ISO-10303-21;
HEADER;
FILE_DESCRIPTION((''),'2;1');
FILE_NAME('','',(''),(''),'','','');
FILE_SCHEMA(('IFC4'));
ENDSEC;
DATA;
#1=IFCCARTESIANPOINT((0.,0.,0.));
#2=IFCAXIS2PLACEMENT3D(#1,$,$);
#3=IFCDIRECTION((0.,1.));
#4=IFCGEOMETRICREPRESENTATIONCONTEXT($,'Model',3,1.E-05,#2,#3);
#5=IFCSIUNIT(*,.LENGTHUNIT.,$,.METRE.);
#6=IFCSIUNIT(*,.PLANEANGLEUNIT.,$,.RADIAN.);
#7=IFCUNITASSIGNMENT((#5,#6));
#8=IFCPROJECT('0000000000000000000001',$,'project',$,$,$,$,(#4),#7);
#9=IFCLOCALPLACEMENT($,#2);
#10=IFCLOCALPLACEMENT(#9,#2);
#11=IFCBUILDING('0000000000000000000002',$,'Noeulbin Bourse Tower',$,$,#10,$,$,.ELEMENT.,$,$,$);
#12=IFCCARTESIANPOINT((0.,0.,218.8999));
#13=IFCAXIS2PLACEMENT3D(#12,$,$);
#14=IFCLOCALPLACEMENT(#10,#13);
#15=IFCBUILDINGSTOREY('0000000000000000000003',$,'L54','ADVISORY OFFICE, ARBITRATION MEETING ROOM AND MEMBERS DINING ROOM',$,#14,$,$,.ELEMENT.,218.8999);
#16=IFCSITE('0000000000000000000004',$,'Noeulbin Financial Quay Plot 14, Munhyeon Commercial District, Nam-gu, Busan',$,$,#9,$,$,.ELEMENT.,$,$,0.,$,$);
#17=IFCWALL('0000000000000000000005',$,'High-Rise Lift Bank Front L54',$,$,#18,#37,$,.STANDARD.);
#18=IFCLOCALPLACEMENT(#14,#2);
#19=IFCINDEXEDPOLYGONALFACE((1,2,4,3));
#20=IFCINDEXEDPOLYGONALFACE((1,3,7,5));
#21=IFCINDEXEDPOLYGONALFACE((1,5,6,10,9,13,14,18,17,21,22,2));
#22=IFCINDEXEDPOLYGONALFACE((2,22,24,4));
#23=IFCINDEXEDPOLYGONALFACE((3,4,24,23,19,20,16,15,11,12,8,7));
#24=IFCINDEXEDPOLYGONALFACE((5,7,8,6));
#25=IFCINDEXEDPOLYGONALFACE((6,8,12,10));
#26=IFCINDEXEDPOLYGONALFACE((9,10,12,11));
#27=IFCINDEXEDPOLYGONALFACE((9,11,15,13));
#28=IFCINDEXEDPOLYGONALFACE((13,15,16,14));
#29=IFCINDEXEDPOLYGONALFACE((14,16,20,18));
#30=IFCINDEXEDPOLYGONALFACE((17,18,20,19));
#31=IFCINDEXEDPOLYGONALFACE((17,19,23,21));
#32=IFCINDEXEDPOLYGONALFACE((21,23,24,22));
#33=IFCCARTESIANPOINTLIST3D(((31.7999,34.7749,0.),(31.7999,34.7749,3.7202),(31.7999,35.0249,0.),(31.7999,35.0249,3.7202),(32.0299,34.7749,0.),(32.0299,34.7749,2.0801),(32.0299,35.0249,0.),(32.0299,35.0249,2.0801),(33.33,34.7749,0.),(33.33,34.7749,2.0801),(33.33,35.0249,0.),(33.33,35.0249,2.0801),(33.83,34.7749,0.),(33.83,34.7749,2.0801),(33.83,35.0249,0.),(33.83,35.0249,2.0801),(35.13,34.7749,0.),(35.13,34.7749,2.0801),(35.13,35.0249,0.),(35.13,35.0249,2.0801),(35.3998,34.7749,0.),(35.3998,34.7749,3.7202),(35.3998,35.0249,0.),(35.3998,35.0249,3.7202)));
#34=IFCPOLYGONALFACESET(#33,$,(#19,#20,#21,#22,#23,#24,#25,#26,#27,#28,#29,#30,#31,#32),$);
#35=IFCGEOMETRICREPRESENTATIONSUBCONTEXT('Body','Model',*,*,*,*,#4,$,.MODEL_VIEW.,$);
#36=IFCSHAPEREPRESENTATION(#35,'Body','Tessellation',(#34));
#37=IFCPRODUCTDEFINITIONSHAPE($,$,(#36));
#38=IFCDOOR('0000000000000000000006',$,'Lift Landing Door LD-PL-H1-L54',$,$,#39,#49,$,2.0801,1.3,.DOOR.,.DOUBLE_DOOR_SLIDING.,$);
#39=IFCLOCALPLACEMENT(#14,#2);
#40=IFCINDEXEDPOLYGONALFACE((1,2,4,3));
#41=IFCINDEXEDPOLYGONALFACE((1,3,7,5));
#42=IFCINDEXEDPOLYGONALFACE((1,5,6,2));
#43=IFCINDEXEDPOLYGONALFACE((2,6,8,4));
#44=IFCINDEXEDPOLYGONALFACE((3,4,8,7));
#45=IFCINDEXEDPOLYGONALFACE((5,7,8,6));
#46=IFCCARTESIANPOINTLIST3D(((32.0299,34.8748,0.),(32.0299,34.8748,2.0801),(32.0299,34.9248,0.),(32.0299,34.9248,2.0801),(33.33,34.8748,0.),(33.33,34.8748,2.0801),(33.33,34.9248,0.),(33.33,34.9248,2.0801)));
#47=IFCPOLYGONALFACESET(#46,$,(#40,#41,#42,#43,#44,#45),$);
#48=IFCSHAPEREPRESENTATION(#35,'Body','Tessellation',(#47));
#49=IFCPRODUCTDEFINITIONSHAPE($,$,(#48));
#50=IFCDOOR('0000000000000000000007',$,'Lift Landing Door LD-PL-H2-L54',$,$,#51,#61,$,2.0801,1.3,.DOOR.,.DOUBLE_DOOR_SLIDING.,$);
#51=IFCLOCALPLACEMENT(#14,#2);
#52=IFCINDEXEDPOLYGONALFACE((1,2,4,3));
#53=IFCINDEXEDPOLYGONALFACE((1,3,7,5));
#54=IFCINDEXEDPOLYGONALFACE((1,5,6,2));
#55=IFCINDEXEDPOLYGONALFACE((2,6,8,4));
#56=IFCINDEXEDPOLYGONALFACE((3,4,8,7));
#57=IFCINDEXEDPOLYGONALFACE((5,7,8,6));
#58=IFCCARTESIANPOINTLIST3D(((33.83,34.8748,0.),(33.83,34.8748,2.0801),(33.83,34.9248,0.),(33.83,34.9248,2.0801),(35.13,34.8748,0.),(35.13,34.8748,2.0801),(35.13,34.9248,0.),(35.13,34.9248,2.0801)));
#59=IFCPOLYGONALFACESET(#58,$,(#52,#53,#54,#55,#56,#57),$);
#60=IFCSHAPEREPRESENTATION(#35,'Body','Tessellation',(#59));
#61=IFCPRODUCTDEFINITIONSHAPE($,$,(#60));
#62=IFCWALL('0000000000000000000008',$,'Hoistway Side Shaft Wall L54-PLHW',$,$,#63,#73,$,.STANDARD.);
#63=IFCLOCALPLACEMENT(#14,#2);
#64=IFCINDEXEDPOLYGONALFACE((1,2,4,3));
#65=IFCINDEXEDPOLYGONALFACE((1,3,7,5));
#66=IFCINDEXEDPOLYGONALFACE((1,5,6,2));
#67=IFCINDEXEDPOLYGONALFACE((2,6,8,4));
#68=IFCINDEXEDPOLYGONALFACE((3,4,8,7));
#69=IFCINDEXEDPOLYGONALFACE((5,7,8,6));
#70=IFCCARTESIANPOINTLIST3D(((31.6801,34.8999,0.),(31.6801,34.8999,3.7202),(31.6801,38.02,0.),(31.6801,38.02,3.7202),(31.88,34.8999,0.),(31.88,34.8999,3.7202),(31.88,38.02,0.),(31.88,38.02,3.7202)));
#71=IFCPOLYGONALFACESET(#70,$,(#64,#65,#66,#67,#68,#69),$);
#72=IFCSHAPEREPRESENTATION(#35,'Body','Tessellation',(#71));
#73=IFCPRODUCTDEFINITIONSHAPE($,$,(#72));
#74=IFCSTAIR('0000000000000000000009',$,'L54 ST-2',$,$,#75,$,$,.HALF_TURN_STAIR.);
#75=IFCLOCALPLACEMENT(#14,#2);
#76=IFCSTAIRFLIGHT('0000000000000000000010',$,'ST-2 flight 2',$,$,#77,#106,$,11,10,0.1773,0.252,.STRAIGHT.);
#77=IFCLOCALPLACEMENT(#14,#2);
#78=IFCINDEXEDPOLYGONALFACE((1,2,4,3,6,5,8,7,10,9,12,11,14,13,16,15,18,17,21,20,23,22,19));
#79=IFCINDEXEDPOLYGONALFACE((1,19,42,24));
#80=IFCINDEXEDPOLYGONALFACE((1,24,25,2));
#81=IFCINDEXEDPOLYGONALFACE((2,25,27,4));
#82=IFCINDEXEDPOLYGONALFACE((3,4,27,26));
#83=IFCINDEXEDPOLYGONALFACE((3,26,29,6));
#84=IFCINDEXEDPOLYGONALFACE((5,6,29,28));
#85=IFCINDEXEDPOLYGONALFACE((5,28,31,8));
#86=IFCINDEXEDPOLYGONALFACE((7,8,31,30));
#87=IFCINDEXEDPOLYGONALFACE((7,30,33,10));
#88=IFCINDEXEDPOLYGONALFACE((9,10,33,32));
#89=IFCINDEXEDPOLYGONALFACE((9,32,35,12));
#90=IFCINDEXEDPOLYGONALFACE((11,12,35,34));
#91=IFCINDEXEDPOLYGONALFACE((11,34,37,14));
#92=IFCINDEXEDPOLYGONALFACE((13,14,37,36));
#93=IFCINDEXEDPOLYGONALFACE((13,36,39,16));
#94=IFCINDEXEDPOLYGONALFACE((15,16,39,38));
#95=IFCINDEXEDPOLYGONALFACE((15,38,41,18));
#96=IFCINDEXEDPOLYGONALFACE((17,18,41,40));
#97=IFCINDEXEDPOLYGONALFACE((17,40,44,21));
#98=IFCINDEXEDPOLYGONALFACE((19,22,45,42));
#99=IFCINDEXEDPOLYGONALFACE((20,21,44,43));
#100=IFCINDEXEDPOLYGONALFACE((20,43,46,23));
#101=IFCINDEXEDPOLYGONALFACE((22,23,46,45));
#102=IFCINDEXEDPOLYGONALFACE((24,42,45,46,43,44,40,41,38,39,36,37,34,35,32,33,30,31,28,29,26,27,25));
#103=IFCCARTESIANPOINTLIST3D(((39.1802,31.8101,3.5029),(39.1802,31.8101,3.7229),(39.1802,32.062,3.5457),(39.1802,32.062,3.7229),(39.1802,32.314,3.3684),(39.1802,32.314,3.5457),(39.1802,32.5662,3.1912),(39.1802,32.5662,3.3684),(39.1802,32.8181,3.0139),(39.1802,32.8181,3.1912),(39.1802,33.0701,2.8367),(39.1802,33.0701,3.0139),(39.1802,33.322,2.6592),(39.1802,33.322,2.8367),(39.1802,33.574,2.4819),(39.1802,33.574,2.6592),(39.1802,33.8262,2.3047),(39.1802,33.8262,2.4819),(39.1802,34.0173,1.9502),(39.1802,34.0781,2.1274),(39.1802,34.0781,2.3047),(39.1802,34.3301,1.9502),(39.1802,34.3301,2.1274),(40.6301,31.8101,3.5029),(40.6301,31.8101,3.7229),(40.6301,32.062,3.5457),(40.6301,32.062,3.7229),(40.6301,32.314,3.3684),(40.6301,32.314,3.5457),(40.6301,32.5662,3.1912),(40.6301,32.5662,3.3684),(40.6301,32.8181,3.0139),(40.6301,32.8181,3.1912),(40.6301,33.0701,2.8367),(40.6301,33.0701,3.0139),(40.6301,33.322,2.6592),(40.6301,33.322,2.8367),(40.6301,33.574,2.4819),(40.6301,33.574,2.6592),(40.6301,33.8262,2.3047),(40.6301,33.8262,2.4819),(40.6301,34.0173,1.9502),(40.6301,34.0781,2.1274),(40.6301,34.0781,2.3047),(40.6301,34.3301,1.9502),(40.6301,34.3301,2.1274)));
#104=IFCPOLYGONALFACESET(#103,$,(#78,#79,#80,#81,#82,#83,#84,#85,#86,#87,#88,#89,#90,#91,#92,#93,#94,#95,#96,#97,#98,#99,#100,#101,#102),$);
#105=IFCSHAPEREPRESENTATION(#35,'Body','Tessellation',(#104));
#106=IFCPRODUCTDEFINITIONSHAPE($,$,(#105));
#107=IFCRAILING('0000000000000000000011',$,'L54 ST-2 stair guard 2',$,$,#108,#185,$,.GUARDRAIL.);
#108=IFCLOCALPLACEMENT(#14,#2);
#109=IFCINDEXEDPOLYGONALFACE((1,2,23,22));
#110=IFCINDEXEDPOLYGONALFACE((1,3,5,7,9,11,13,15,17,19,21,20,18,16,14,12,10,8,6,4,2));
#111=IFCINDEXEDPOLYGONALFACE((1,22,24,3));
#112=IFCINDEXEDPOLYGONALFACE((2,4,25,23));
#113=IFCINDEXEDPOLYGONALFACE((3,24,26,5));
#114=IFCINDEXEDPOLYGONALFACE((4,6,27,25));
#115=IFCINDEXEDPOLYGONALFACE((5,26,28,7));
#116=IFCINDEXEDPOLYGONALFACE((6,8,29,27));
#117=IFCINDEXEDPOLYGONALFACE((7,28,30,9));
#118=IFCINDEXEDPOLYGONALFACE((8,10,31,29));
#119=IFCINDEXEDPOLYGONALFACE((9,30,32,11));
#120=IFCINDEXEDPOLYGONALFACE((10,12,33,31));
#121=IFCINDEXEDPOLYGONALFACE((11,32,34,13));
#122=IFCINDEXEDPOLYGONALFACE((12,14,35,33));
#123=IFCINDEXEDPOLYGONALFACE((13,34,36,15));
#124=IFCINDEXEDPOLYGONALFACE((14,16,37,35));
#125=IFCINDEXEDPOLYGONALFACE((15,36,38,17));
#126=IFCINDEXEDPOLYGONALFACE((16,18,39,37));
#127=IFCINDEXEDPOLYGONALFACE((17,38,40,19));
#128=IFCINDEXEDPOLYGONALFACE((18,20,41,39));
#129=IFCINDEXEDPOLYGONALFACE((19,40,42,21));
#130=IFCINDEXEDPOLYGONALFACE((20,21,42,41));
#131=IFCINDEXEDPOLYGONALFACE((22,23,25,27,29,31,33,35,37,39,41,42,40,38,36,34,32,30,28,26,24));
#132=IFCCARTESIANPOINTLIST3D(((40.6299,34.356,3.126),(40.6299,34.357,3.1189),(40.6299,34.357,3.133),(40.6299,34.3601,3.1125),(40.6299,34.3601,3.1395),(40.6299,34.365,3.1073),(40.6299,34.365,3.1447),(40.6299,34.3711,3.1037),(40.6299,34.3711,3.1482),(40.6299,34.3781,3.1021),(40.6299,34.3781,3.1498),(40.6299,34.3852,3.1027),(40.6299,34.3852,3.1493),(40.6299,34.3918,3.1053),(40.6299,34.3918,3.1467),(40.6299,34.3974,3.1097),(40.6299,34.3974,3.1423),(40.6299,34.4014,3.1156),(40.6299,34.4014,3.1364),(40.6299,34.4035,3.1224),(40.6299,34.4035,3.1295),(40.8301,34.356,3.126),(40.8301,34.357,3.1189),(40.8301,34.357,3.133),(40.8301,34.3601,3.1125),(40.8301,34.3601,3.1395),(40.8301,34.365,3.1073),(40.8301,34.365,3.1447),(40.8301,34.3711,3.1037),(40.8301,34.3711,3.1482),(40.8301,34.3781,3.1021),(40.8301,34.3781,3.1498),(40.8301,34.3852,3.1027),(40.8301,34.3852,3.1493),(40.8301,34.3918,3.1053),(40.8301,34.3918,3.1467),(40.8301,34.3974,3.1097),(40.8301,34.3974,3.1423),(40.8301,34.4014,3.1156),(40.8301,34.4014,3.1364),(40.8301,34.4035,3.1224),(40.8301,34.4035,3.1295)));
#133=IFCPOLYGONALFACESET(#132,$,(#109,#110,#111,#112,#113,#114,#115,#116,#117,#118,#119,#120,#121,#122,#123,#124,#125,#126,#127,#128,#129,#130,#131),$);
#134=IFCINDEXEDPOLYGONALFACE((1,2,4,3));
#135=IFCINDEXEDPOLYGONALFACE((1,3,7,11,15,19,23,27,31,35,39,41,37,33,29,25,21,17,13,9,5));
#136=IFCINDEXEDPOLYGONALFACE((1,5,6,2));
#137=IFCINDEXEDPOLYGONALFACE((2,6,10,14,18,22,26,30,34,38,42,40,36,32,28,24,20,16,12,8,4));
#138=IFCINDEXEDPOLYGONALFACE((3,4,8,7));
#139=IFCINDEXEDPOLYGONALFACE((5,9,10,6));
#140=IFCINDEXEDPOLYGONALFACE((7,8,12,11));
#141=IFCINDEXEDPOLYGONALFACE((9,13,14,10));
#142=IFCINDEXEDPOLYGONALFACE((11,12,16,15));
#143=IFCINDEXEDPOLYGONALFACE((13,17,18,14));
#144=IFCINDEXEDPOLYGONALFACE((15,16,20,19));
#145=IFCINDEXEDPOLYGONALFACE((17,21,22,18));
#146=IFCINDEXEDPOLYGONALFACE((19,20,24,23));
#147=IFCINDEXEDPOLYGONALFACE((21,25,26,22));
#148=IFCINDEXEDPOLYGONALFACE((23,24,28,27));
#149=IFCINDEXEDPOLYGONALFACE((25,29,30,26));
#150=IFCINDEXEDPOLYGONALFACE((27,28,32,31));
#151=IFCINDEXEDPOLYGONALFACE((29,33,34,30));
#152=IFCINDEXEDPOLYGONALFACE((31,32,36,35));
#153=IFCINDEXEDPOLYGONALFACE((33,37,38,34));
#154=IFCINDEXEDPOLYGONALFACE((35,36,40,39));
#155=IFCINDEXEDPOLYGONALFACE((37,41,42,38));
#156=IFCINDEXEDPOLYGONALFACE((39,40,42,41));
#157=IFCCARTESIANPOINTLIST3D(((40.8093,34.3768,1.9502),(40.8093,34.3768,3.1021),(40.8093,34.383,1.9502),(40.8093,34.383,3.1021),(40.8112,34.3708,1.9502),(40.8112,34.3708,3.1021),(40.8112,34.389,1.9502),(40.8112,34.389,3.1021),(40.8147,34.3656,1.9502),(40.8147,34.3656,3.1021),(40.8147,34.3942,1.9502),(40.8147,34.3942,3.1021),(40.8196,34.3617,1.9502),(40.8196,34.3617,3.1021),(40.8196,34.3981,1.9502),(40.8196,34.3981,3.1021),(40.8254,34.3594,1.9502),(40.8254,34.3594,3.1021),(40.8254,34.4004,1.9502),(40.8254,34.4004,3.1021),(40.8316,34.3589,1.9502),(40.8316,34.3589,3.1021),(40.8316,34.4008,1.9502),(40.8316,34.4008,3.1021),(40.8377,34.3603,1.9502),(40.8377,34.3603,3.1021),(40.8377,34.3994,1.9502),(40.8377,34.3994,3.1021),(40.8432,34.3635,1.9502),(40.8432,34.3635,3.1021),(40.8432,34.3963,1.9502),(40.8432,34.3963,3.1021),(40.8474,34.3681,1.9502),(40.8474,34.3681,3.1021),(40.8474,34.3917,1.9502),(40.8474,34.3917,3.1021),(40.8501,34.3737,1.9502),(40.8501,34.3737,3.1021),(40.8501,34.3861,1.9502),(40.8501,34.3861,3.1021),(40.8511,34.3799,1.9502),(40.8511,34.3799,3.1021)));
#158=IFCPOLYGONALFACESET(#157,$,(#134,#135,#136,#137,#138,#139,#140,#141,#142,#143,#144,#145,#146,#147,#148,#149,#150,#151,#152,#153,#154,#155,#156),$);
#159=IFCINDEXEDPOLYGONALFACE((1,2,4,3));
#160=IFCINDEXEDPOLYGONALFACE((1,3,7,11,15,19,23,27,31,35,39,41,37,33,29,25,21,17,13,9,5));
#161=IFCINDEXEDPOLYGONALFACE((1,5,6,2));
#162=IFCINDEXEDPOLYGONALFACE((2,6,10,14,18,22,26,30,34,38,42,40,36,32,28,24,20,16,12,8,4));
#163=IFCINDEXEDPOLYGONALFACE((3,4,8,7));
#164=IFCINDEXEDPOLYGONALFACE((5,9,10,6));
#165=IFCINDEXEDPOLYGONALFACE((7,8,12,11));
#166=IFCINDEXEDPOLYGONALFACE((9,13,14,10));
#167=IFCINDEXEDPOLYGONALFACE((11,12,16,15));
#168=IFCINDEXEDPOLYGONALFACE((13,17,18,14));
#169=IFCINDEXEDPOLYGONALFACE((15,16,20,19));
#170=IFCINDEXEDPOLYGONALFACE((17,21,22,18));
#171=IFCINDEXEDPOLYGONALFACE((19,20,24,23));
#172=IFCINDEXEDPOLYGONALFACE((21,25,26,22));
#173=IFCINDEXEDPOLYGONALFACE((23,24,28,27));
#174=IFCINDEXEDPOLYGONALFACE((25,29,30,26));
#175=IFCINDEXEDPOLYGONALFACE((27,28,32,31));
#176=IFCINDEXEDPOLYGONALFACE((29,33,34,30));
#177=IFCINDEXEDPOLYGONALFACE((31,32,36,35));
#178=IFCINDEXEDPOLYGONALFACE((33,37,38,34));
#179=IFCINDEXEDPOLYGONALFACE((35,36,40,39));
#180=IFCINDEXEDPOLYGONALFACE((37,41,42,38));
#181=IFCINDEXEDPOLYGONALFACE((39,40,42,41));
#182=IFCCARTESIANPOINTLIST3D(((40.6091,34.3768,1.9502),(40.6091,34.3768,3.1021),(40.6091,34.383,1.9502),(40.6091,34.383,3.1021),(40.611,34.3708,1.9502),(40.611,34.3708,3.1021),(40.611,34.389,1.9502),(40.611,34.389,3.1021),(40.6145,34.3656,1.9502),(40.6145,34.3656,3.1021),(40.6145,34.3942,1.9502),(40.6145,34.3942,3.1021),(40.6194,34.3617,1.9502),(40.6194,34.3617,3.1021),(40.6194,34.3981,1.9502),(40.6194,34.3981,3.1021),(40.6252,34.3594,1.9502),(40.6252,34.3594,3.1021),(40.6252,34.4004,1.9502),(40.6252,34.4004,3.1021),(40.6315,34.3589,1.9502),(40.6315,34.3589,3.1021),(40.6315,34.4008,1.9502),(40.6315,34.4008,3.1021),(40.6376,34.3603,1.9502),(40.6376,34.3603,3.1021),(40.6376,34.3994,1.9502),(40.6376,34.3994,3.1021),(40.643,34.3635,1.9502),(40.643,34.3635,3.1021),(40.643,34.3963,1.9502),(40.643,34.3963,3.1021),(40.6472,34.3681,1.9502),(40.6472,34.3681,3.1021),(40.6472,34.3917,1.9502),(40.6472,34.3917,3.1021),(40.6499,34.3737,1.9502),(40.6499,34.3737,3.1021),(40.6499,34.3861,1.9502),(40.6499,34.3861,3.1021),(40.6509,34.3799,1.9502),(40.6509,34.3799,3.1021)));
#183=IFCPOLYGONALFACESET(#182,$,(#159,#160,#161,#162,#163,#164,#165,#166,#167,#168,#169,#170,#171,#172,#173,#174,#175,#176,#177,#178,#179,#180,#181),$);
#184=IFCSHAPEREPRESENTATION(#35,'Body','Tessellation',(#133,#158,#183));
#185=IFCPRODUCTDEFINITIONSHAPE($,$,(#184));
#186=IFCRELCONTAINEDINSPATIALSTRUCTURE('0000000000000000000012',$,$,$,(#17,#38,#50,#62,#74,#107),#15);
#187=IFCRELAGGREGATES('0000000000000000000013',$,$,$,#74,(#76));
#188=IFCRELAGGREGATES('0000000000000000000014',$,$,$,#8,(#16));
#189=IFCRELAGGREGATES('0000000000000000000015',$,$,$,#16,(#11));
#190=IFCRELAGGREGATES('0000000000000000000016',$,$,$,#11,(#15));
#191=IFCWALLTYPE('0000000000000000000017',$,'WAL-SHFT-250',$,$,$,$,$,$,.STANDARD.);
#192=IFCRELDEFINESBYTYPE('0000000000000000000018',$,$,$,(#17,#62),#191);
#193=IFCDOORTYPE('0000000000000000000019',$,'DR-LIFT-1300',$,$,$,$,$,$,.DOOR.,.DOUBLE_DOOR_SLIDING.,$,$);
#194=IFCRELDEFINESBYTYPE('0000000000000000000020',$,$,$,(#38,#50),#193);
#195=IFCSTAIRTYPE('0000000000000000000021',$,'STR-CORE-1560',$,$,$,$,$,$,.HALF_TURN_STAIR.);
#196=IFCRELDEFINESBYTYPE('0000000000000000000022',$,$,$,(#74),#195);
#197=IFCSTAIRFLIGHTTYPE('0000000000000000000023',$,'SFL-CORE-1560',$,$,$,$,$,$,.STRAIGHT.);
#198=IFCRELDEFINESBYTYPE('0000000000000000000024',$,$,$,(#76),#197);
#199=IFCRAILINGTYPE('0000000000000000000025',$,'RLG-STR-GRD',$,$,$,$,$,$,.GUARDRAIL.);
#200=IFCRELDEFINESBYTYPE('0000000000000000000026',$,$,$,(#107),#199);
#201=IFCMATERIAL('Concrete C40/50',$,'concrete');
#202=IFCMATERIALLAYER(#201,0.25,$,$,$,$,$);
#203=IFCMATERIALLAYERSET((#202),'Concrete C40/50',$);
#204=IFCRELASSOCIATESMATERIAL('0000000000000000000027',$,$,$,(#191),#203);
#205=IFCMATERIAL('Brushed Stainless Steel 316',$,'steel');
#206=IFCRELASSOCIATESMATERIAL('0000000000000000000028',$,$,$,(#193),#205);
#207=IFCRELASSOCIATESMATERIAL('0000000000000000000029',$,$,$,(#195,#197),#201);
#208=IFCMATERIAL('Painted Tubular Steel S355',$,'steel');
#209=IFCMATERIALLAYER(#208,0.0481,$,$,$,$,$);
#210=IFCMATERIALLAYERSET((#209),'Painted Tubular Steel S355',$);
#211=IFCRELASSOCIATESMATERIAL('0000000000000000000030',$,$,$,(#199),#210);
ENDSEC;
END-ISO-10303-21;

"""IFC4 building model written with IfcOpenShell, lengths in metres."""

from ifc_helpers import new_model, si_unit, direction, frame, frame_2d, origin, origin_2d, place, context, subcontext, project, spatial, polyline, rectangle, circle, outline, extrude, material, layer, layer_set, type_object, element, fill, aggregate, save


model = new_model("IFC4")

# Units and contexts
model_context = context("Model", 3, precision=1e-05, world=origin(), true_north=direction((0.0, 1.0)))
body_context = subcontext(model_context, "Body", "Model", "MODEL_VIEW")
ifc_project = project(units=[si_unit("LENGTHUNIT", "METRE"), si_unit("PLANEANGLEUNIT", "RADIAN")], contexts=[model_context])

# Site, building, storey
site_placement = place(None, origin())
site = spatial("IfcSite", under=ifc_project, at=site_placement, Name="Noeulbin Financial Quay Plot 14, Munhyeon Commercial District, Nam-gu, Busan", CompositionType="ELEMENT", RefElevation=0.0)
building_placement = place(site_placement, origin())
building = spatial("IfcBuilding", under=site, at=building_placement, Name="Noeulbin Bourse Tower", CompositionType="ELEMENT")
storey_placement = place(building_placement, frame((0.0, 0.0, 218.8999)))
storey = spatial("IfcBuildingStorey", under=building, at=storey_placement, Name="L54", Description="ADVISORY OFFICE, ARBITRATION MEETING ROOM AND MEMBERS DINING ROOM", CompositionType="ELEMENT", Elevation=218.8999)

# Shared definitions
ifc_material_1 = material(Name="Concrete C40/50", Category="concrete")
ifc_layer_1 = layer(ifc_material_1, 0.25)
ifc_layer_set_1 = layer_set([ifc_layer_1], Name="Concrete C40/50")
wall_type = type_object("IfcWallType", Name="WAL-SHFT-250", PredefinedType="STANDARD", material=ifc_layer_set_1)

# Wall, openings, doors
wall_1_placement = place(storey_placement, frame((31.8, 34.8999, 0.0), z_axis=(0.0, 0.0, 1.0), x_axis=(1.0, 0.0, 0.0)))
wall_1 = element("IfcWall", 1, at=wall_1_placement, inside=storey, type_object=wall_type, Name="High-Rise Lift Bank Front L54", PredefinedType="STANDARD", context=body_context, shape_type="SweptSolid", body=[
    extrude(rectangle(XDim=3.5999, YDim=0.25, at=frame_2d((1.7998, 0.0))), origin(), (0.0, 0.0, 1.0), 3.7202),
])
opening_1_placement = place(wall_1_placement, frame((0.23, 0.0, 0.0)))
opening_1 = element("IfcOpeningElement", 2, at=opening_1_placement, cuts=wall_1, PredefinedType="OPENING", context=body_context, shape_type="SweptSolid", body=[
    extrude(rectangle(XDim=1.3, YDim=2.0801, at=frame_2d((0.6499, 1.04))), frame((0.0, 0.135, 0.0), z_axis=(0.0, -1.0, 0.0), x_axis=(1.0, 0.0, 0.0)), (0.0, 0.0, 1.0), 0.27),
])
opening_2_placement = place(wall_1_placement, frame((2.03, 0.0, 0.0)))
opening_2 = element("IfcOpeningElement", 3, at=opening_2_placement, cuts=wall_1, PredefinedType="OPENING", context=body_context, shape_type="SweptSolid", body=[
    extrude(rectangle(XDim=1.3, YDim=2.0801, at=frame_2d((0.6499, 1.04))), frame((0.0, 0.135, 0.0), z_axis=(0.0, -1.0, 0.0), x_axis=(1.0, 0.0, 0.0)), (0.0, 0.0, 1.0), 0.27),
])
ifc_material_2 = material(Name="Brushed Stainless Steel 316", Category="steel")
door_type = type_object("IfcDoorType", Name="DR-LIFT-1300", OperationType="DOUBLE_DOOR_SLIDING", PredefinedType="DOOR", material=ifc_material_2)
door_1_placement = place(opening_1_placement, origin())
door_1 = element("IfcDoor", 4, at=door_1_placement, inside=storey, type_object=door_type, Name="Lift Landing Door LD-PL-H1-L54", OperationType="DOUBLE_DOOR_SLIDING", OverallHeight=2.0801, OverallWidth=1.3, PredefinedType="DOOR", context=body_context, shape_type="SweptSolid", body=[
    extrude(rectangle(XDim=1.3, YDim=2.0801, at=frame_2d((0.6499, 1.04))), frame((0.0, 0.0249, 0.0), z_axis=(0.0, -1.0, 0.0), x_axis=(1.0, 0.0, 0.0)), (0.0, 0.0, 1.0), 0.05),
])
fill(opening_1, door_1)
door_2_placement = place(opening_2_placement, origin())
door_2 = element("IfcDoor", 5, at=door_2_placement, inside=storey, type_object=door_type, Name="Lift Landing Door LD-PL-H2-L54", OperationType="DOUBLE_DOOR_SLIDING", OverallHeight=2.0801, OverallWidth=1.3, PredefinedType="DOOR", context=body_context, shape_type="SweptSolid", body=[
    extrude(rectangle(XDim=1.3, YDim=2.0801, at=frame_2d((0.6499, 1.04))), frame((0.0, 0.0249, 0.0), z_axis=(0.0, -1.0, 0.0), x_axis=(1.0, 0.0, 0.0)), (0.0, 0.0, 1.0), 0.05),
])
fill(opening_2, door_2)

# Wall
wall_2_placement = place(storey_placement, frame((31.78, 34.8999, 0.0), z_axis=(0.0, 0.0, 1.0), x_axis=(0.0, 1.0, 0.0)))
element("IfcWall", 6, at=wall_2_placement, inside=storey, type_object=wall_type, Name="Hoistway Side Shaft Wall L54-PLHW", PredefinedType="STANDARD", context=body_context, shape_type="SweptSolid", body=[
    extrude(rectangle(XDim=3.1201, YDim=0.2, at=frame_2d((1.5601, 0.0))), origin(), (0.0, 0.0, 1.0), 3.7202),
])

# Stair, stair flight
stair_type = type_object("IfcStairType", Name="STR-CORE-1560", PredefinedType="HALF_TURN_STAIR", material=ifc_material_1)
stair_placement = place(storey_placement, origin())
stair = element("IfcStair", 7, at=stair_placement, inside=storey, type_object=stair_type, Name="L54 ST-2", PredefinedType="HALF_TURN_STAIR")
stair_flight_type = type_object("IfcStairFlightType", Name="SFL-CORE-1560", PredefinedType="STRAIGHT", material=ifc_material_1)
stair_flight_placement = place(storey_placement, frame((39.905, 34.3301, 1.9502), z_axis=(0.0, 0.0, 1.0), x_axis=(0.0, -1.0, 0.0)))
stair_flight = element("IfcStairFlight", 8, at=stair_flight_placement, type_object=stair_flight_type, Name="ST-2 flight 2", NumberOfRisers=11, NumberOfTreads=10, PredefinedType="STRAIGHT", RiserHeight=0.1773, TreadLength=0.252, context=body_context, shape_type="SweptSolid", body=[
    extrude(outline(polyline([(0.0, 0.0), (0.0, 0.1772), (0.252, 0.1772), (0.252, 0.3545), (0.5039, 0.3545), (0.5039, 0.5317), (0.7561, 0.5317), (0.7561, 0.709), (1.0081, 0.709), (1.0081, 0.8865), (1.26, 0.8865), (1.26, 1.0637), (1.512, 1.0637), (1.512, 1.241), (1.7639, 1.241), (1.7639, 1.4182), (2.0161, 1.4182), (2.0161, 1.5955), (2.2681, 1.5955), (2.2681, 1.7727), (2.52, 1.7727), (2.52, 1.95), (2.52, 1.5527), (0.3127, 0.0), (0.0, 0.0)])), frame((0.0, 0.7251, 0.0), z_axis=(0.0, -1.0, 0.0), x_axis=(1.0, 0.0, 0.0)), (0.0, 0.0, 1.0), 1.45),
])
aggregate(stair, [stair_flight])

# Railing
ifc_material_3 = material(Name="Painted Tubular Steel S355", Category="steel")
ifc_layer_2 = layer(ifc_material_3, 0.0481)
ifc_layer_set_2 = layer_set([ifc_layer_2], Name="Painted Tubular Steel S355")
railing_type_1 = type_object("IfcRailingType", Name="RLG-STR-GRD", PredefinedType="GUARDRAIL", material=ifc_layer_set_2)
railing_1_placement = place(storey_placement, frame((40.8301, 34.3799, 1.9502)))
element("IfcRailing", 9, at=railing_1_placement, inside=storey, type_object=railing_type_1, Name="L54 ST-2 stair guard 2", PredefinedType="GUARDRAIL", context=body_context, shape_type="SweptSolid", body=[
    extrude(circle(Radius=0.0239, at=origin_2d()), frame((0.0, 0.0, 1.1758), z_axis=(-1.0, 0.0, 0.0), x_axis=(0.0, -1.0, 0.0)), (0.0, 0.0, 1.0), 0.2002),
    extrude(circle(Radius=0.021, at=origin_2d()), origin(), (0.0, 0.0, 1.0), 1.1519),
    extrude(circle(Radius=0.021, at=origin_2d()), frame((-0.2002, 0.0, 0.0)), (0.0, 0.0, 1.0), 1.1519),
])

save(model, "model.ifc")
